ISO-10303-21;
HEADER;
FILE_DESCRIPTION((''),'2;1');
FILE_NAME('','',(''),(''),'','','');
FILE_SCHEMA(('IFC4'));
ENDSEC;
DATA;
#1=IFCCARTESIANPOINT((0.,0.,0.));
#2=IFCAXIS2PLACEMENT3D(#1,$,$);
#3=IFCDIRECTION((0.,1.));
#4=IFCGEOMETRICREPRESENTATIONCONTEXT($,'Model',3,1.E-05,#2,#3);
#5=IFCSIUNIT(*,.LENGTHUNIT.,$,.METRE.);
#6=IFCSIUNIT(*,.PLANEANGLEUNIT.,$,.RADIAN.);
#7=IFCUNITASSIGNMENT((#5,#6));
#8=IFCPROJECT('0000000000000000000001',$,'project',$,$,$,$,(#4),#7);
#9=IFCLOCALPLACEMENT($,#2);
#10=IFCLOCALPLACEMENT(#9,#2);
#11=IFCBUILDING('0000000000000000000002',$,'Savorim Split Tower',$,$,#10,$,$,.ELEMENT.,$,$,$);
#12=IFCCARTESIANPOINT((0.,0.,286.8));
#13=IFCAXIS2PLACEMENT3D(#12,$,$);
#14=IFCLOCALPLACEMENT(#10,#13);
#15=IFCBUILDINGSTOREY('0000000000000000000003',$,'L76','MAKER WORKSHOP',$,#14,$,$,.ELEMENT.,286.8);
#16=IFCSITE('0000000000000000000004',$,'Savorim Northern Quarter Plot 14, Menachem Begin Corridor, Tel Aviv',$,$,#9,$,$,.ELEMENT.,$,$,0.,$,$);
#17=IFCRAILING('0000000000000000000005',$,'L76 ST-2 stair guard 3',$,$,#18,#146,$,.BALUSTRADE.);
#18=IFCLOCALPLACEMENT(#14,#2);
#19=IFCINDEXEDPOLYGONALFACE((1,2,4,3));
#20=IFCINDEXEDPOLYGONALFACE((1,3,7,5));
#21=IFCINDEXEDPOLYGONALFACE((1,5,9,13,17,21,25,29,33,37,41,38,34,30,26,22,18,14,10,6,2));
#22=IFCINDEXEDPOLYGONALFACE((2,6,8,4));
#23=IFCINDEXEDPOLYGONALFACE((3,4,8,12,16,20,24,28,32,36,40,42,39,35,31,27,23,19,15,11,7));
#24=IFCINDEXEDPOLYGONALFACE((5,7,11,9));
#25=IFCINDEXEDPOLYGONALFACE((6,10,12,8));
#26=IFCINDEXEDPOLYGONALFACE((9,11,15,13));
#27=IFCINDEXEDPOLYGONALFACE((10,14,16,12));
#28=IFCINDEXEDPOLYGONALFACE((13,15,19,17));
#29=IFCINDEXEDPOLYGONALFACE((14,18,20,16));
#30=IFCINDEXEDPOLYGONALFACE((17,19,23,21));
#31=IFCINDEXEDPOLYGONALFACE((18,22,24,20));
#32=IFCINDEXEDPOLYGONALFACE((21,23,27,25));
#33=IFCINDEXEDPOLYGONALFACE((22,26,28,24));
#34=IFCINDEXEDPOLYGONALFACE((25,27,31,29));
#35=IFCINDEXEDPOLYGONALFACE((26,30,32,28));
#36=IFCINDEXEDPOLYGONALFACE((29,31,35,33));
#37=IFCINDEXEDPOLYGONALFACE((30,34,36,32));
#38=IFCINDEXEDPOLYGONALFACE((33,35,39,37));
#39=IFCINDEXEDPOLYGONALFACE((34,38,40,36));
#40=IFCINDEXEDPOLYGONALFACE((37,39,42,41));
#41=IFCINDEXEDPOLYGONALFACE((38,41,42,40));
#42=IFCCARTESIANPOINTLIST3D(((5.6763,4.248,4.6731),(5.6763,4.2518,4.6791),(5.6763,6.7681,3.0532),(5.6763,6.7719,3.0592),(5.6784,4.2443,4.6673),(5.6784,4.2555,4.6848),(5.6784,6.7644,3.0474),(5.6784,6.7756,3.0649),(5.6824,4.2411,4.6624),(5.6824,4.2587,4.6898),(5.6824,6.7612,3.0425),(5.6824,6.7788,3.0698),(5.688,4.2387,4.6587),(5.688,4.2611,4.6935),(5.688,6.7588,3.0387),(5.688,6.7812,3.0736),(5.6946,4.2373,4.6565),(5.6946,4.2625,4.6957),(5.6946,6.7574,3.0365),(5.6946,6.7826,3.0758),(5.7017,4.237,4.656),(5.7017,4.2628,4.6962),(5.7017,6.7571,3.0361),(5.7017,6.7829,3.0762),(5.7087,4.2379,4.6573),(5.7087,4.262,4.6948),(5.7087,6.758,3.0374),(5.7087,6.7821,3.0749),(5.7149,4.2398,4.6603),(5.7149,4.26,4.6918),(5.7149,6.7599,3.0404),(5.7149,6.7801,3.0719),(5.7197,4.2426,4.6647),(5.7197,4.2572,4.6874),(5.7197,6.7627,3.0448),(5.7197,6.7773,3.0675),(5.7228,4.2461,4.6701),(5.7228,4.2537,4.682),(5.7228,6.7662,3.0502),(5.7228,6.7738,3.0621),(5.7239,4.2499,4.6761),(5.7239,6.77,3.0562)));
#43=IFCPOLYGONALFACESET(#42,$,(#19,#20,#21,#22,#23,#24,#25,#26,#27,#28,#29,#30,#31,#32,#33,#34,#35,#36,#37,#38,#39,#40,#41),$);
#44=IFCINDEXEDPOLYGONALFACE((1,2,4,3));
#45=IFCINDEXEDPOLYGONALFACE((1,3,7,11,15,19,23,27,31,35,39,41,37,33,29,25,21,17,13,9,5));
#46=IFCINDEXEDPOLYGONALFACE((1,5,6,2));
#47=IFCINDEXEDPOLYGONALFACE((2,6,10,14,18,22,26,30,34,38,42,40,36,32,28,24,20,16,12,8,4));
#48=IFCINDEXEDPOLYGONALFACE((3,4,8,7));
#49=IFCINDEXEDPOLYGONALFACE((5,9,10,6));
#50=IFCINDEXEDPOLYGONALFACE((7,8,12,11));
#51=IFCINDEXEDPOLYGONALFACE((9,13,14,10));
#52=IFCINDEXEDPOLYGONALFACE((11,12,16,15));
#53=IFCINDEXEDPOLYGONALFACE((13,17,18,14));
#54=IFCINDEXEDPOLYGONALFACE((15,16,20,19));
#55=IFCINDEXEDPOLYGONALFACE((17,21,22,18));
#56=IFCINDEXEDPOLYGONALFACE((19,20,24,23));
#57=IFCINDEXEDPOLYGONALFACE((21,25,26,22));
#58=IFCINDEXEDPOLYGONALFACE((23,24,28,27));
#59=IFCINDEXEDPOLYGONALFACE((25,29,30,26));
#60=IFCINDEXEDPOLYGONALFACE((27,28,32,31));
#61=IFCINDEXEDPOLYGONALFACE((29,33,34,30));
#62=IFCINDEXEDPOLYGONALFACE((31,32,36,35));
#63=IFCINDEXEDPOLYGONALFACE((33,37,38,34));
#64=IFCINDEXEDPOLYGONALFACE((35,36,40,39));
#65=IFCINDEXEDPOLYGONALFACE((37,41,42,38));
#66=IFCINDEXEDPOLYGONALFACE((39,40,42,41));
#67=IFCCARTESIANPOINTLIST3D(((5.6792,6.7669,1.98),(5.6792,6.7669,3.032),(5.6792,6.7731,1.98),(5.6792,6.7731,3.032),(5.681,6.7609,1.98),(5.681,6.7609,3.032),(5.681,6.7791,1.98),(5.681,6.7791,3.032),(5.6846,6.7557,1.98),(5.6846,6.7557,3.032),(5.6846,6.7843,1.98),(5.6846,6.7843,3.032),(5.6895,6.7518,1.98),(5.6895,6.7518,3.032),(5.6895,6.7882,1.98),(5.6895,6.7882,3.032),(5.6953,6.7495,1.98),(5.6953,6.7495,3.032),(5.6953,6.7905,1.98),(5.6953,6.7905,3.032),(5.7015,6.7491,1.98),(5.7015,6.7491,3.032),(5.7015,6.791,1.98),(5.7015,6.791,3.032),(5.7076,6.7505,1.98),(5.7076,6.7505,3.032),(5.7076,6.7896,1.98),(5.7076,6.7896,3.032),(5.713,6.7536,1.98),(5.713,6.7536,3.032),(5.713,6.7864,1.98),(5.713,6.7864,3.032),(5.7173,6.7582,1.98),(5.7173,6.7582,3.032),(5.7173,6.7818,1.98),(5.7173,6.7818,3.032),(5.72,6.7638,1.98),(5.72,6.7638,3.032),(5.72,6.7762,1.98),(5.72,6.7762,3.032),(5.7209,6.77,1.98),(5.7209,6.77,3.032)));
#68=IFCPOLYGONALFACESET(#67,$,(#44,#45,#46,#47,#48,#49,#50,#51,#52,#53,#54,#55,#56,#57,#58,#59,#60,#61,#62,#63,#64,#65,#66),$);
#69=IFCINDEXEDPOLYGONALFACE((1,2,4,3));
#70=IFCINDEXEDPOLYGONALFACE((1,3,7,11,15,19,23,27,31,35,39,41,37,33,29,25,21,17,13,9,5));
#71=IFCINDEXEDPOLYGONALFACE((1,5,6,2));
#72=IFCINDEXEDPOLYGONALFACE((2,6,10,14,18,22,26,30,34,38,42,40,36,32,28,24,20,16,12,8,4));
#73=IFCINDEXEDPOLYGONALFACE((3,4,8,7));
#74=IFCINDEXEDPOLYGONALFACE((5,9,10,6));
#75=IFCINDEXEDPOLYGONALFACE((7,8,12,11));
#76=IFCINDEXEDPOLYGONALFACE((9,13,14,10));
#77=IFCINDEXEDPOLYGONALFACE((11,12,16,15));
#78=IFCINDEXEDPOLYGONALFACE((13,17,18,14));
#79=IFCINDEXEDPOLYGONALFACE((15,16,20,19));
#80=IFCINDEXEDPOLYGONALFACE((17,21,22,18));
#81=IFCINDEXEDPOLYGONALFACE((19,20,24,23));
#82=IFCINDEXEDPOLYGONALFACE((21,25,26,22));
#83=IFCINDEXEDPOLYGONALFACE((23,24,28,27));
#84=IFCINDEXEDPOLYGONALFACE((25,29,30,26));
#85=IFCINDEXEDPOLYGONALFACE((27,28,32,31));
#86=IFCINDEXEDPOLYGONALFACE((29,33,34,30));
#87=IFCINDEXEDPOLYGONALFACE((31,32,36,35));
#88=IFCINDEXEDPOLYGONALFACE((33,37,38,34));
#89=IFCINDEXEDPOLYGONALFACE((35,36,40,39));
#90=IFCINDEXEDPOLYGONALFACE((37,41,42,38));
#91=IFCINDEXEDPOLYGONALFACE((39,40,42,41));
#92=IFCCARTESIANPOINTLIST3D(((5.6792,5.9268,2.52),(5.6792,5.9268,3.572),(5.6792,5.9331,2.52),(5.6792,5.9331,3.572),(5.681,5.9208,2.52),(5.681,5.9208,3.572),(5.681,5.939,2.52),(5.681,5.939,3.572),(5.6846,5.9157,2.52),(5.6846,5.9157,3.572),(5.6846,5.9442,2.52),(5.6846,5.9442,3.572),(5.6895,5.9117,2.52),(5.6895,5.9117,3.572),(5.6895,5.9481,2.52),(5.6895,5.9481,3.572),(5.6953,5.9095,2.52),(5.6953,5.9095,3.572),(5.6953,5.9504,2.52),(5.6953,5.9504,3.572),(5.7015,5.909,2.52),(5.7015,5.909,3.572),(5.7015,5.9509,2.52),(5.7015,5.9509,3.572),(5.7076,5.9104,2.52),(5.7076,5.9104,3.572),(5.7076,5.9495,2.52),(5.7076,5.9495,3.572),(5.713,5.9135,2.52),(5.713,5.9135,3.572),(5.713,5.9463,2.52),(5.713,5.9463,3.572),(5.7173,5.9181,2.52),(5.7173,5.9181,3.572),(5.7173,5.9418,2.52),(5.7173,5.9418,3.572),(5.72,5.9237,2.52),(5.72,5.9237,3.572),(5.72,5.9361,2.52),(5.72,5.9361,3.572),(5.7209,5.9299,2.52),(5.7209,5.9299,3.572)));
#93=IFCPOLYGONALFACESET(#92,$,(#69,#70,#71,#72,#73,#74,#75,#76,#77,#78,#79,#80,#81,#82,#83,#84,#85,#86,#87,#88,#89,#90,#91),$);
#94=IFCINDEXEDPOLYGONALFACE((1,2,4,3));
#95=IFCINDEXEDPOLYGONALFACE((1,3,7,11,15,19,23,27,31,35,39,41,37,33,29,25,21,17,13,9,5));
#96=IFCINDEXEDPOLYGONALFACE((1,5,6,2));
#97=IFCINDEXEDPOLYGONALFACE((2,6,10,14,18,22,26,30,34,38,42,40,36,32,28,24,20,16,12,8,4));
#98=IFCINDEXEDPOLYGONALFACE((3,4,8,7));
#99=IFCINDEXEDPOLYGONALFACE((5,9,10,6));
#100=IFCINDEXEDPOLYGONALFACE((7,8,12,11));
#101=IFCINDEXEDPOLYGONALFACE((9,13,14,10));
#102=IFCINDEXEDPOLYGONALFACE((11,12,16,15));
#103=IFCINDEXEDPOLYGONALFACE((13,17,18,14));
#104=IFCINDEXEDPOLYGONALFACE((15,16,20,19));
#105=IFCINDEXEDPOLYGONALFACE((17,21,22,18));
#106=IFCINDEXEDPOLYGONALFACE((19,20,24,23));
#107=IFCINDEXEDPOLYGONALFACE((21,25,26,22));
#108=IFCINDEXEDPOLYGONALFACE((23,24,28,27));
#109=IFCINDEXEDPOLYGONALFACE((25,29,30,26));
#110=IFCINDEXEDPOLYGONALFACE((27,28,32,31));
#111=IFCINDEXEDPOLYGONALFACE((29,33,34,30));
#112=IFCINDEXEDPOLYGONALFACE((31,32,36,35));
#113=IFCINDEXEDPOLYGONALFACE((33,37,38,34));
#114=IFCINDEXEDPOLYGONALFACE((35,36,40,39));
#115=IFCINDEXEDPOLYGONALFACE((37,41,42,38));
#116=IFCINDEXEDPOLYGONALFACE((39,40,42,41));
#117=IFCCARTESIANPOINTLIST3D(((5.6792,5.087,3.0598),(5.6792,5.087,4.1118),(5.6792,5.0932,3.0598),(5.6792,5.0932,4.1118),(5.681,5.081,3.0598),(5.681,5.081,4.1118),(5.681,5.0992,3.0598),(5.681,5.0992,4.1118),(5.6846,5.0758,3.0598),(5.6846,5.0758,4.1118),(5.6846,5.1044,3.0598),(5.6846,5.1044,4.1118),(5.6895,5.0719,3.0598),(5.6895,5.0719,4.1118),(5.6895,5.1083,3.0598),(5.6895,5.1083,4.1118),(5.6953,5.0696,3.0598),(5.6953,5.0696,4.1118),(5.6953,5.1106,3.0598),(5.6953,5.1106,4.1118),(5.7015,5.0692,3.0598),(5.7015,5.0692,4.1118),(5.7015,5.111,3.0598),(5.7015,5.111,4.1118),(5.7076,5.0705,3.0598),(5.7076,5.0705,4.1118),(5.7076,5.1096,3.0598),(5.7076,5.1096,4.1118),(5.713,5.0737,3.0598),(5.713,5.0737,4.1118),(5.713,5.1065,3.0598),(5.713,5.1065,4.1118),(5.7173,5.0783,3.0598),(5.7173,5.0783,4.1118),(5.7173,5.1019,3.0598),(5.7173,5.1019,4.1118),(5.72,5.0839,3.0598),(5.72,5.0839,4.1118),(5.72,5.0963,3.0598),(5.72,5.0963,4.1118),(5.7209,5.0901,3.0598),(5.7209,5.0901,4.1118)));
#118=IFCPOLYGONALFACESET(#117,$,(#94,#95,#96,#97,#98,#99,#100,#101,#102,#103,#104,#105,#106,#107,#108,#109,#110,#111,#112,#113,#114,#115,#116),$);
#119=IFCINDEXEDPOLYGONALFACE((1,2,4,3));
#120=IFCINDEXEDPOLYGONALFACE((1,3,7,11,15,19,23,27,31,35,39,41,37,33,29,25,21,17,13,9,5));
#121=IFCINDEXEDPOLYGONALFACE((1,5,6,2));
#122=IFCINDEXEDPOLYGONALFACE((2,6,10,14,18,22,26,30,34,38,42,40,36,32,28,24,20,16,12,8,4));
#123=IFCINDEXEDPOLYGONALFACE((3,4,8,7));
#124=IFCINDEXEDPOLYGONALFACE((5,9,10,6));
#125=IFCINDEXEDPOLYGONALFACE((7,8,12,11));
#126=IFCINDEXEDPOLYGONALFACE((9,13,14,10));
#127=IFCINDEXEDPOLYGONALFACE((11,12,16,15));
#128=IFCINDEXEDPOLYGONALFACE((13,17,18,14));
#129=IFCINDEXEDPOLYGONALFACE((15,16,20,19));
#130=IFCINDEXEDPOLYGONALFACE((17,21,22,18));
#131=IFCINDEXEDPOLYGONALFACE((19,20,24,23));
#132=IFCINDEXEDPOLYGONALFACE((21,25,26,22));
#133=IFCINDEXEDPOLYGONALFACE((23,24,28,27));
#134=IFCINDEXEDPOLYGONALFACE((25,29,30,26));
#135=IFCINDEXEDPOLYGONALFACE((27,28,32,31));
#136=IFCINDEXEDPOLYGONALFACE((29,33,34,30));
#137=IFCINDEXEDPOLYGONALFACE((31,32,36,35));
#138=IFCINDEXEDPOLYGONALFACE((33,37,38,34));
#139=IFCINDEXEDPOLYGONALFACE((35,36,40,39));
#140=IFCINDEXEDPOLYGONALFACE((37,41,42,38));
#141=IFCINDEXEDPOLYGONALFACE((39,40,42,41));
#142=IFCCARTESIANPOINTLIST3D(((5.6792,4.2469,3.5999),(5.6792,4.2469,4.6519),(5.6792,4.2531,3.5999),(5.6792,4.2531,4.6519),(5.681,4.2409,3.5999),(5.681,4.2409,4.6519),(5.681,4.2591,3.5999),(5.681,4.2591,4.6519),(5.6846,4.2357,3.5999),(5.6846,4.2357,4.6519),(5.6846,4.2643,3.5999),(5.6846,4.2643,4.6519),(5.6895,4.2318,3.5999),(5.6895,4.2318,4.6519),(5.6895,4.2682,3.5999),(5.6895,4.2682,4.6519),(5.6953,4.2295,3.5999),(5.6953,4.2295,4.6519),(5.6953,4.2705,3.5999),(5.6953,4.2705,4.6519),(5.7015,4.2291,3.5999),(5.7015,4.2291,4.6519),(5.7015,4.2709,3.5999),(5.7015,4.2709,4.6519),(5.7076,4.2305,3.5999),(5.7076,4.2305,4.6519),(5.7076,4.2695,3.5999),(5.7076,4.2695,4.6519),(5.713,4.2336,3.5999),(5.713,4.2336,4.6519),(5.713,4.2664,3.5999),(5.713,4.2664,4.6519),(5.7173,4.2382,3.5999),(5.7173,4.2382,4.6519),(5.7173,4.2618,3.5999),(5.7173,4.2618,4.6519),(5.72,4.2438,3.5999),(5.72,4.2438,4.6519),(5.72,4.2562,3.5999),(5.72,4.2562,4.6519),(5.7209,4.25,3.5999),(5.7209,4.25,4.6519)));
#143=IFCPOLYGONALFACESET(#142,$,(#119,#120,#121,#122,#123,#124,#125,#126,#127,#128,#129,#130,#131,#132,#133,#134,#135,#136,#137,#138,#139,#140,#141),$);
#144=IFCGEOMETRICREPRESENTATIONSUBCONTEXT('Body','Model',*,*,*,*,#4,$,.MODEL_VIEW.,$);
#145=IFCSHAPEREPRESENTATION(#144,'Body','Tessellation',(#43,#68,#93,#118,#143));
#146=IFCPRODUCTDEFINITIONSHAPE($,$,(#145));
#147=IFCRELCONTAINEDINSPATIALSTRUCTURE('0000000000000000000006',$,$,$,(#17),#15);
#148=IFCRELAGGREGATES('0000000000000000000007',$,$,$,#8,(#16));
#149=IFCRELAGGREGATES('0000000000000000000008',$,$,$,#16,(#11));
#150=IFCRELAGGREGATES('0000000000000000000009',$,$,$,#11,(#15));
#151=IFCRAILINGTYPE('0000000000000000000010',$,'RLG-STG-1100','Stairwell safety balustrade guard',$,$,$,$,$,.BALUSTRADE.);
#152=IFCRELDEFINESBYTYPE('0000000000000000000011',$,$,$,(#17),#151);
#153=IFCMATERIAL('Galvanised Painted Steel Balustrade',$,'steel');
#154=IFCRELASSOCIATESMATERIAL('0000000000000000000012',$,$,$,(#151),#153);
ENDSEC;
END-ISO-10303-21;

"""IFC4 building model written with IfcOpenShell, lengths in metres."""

from ifc_helpers import new_model, si_unit, direction, frame, origin, origin_2d, place, context, subcontext, project, spatial, circle, extrude, material, type_object, element, save


model = new_model("IFC4")

# Units and contexts
model_context = context("Model", 3, precision=1e-05, world=origin(), true_north=direction((0.0, 1.0)))
body_context = subcontext(model_context, "Body", "Model", "MODEL_VIEW")
ifc_project = project(units=[si_unit("LENGTHUNIT", "METRE"), si_unit("PLANEANGLEUNIT", "RADIAN")], contexts=[model_context])

# Site, building, storey
site_placement = place(None, origin())
site = spatial("IfcSite", under=ifc_project, at=site_placement, Name="Savorim Northern Quarter Plot 14, Menachem Begin Corridor, Tel Aviv", CompositionType="ELEMENT", RefElevation=0.0)
building_placement = place(site_placement, origin())
building = spatial("IfcBuilding", under=site, at=building_placement, Name="Savorim Split Tower", CompositionType="ELEMENT")
storey_placement = place(building_placement, frame((0.0, 0.0, 286.8)))
storey = spatial("IfcBuildingStorey", under=building, at=storey_placement, Name="L76", Description="MAKER WORKSHOP", CompositionType="ELEMENT", Elevation=286.8)

# Railing
ifc_material_1 = material(Name="Galvanised Painted Steel Balustrade", Category="steel")
railing_type_1 = type_object("IfcRailingType", Name="RLG-STG-1100", Description="Stairwell safety balustrade guard", PredefinedType="BALUSTRADE", material=ifc_material_1)
railing_1_placement = place(storey_placement, frame((5.7, 6.77, 1.98)))
element("IfcRailing", 1, at=railing_1_placement, inside=storey, type_object=railing_type_1, Name="L76 ST-2 stair guard 3", PredefinedType="BALUSTRADE", context=body_context, shape_type="SweptSolid", body=[
    extrude(circle(Radius=0.0239, at=origin_2d()), frame((0.0, 0.0, 1.0762), z_axis=(0.0, -0.8412, 0.540725), x_axis=(1.0, 0.0, 0.0)), (0.0, 0.0, 1.0), 2.9958),
    extrude(circle(Radius=0.021, at=origin_2d()), origin(), (0.0, 0.0, 1.0), 1.052),
    extrude(circle(Radius=0.021, at=origin_2d()), frame((0.0, -0.8401, 0.54)), (0.0, 0.0, 1.0), 1.052),
    extrude(circle(Radius=0.021, at=origin_2d()), frame((0.0, -1.6799, 1.0798)), (0.0, 0.0, 1.0), 1.052),
    extrude(circle(Radius=0.021, at=origin_2d()), frame((0.0, -2.52, 1.6199)), (0.0, 0.0, 1.0), 1.052),
])

save(model, "model.ifc")
